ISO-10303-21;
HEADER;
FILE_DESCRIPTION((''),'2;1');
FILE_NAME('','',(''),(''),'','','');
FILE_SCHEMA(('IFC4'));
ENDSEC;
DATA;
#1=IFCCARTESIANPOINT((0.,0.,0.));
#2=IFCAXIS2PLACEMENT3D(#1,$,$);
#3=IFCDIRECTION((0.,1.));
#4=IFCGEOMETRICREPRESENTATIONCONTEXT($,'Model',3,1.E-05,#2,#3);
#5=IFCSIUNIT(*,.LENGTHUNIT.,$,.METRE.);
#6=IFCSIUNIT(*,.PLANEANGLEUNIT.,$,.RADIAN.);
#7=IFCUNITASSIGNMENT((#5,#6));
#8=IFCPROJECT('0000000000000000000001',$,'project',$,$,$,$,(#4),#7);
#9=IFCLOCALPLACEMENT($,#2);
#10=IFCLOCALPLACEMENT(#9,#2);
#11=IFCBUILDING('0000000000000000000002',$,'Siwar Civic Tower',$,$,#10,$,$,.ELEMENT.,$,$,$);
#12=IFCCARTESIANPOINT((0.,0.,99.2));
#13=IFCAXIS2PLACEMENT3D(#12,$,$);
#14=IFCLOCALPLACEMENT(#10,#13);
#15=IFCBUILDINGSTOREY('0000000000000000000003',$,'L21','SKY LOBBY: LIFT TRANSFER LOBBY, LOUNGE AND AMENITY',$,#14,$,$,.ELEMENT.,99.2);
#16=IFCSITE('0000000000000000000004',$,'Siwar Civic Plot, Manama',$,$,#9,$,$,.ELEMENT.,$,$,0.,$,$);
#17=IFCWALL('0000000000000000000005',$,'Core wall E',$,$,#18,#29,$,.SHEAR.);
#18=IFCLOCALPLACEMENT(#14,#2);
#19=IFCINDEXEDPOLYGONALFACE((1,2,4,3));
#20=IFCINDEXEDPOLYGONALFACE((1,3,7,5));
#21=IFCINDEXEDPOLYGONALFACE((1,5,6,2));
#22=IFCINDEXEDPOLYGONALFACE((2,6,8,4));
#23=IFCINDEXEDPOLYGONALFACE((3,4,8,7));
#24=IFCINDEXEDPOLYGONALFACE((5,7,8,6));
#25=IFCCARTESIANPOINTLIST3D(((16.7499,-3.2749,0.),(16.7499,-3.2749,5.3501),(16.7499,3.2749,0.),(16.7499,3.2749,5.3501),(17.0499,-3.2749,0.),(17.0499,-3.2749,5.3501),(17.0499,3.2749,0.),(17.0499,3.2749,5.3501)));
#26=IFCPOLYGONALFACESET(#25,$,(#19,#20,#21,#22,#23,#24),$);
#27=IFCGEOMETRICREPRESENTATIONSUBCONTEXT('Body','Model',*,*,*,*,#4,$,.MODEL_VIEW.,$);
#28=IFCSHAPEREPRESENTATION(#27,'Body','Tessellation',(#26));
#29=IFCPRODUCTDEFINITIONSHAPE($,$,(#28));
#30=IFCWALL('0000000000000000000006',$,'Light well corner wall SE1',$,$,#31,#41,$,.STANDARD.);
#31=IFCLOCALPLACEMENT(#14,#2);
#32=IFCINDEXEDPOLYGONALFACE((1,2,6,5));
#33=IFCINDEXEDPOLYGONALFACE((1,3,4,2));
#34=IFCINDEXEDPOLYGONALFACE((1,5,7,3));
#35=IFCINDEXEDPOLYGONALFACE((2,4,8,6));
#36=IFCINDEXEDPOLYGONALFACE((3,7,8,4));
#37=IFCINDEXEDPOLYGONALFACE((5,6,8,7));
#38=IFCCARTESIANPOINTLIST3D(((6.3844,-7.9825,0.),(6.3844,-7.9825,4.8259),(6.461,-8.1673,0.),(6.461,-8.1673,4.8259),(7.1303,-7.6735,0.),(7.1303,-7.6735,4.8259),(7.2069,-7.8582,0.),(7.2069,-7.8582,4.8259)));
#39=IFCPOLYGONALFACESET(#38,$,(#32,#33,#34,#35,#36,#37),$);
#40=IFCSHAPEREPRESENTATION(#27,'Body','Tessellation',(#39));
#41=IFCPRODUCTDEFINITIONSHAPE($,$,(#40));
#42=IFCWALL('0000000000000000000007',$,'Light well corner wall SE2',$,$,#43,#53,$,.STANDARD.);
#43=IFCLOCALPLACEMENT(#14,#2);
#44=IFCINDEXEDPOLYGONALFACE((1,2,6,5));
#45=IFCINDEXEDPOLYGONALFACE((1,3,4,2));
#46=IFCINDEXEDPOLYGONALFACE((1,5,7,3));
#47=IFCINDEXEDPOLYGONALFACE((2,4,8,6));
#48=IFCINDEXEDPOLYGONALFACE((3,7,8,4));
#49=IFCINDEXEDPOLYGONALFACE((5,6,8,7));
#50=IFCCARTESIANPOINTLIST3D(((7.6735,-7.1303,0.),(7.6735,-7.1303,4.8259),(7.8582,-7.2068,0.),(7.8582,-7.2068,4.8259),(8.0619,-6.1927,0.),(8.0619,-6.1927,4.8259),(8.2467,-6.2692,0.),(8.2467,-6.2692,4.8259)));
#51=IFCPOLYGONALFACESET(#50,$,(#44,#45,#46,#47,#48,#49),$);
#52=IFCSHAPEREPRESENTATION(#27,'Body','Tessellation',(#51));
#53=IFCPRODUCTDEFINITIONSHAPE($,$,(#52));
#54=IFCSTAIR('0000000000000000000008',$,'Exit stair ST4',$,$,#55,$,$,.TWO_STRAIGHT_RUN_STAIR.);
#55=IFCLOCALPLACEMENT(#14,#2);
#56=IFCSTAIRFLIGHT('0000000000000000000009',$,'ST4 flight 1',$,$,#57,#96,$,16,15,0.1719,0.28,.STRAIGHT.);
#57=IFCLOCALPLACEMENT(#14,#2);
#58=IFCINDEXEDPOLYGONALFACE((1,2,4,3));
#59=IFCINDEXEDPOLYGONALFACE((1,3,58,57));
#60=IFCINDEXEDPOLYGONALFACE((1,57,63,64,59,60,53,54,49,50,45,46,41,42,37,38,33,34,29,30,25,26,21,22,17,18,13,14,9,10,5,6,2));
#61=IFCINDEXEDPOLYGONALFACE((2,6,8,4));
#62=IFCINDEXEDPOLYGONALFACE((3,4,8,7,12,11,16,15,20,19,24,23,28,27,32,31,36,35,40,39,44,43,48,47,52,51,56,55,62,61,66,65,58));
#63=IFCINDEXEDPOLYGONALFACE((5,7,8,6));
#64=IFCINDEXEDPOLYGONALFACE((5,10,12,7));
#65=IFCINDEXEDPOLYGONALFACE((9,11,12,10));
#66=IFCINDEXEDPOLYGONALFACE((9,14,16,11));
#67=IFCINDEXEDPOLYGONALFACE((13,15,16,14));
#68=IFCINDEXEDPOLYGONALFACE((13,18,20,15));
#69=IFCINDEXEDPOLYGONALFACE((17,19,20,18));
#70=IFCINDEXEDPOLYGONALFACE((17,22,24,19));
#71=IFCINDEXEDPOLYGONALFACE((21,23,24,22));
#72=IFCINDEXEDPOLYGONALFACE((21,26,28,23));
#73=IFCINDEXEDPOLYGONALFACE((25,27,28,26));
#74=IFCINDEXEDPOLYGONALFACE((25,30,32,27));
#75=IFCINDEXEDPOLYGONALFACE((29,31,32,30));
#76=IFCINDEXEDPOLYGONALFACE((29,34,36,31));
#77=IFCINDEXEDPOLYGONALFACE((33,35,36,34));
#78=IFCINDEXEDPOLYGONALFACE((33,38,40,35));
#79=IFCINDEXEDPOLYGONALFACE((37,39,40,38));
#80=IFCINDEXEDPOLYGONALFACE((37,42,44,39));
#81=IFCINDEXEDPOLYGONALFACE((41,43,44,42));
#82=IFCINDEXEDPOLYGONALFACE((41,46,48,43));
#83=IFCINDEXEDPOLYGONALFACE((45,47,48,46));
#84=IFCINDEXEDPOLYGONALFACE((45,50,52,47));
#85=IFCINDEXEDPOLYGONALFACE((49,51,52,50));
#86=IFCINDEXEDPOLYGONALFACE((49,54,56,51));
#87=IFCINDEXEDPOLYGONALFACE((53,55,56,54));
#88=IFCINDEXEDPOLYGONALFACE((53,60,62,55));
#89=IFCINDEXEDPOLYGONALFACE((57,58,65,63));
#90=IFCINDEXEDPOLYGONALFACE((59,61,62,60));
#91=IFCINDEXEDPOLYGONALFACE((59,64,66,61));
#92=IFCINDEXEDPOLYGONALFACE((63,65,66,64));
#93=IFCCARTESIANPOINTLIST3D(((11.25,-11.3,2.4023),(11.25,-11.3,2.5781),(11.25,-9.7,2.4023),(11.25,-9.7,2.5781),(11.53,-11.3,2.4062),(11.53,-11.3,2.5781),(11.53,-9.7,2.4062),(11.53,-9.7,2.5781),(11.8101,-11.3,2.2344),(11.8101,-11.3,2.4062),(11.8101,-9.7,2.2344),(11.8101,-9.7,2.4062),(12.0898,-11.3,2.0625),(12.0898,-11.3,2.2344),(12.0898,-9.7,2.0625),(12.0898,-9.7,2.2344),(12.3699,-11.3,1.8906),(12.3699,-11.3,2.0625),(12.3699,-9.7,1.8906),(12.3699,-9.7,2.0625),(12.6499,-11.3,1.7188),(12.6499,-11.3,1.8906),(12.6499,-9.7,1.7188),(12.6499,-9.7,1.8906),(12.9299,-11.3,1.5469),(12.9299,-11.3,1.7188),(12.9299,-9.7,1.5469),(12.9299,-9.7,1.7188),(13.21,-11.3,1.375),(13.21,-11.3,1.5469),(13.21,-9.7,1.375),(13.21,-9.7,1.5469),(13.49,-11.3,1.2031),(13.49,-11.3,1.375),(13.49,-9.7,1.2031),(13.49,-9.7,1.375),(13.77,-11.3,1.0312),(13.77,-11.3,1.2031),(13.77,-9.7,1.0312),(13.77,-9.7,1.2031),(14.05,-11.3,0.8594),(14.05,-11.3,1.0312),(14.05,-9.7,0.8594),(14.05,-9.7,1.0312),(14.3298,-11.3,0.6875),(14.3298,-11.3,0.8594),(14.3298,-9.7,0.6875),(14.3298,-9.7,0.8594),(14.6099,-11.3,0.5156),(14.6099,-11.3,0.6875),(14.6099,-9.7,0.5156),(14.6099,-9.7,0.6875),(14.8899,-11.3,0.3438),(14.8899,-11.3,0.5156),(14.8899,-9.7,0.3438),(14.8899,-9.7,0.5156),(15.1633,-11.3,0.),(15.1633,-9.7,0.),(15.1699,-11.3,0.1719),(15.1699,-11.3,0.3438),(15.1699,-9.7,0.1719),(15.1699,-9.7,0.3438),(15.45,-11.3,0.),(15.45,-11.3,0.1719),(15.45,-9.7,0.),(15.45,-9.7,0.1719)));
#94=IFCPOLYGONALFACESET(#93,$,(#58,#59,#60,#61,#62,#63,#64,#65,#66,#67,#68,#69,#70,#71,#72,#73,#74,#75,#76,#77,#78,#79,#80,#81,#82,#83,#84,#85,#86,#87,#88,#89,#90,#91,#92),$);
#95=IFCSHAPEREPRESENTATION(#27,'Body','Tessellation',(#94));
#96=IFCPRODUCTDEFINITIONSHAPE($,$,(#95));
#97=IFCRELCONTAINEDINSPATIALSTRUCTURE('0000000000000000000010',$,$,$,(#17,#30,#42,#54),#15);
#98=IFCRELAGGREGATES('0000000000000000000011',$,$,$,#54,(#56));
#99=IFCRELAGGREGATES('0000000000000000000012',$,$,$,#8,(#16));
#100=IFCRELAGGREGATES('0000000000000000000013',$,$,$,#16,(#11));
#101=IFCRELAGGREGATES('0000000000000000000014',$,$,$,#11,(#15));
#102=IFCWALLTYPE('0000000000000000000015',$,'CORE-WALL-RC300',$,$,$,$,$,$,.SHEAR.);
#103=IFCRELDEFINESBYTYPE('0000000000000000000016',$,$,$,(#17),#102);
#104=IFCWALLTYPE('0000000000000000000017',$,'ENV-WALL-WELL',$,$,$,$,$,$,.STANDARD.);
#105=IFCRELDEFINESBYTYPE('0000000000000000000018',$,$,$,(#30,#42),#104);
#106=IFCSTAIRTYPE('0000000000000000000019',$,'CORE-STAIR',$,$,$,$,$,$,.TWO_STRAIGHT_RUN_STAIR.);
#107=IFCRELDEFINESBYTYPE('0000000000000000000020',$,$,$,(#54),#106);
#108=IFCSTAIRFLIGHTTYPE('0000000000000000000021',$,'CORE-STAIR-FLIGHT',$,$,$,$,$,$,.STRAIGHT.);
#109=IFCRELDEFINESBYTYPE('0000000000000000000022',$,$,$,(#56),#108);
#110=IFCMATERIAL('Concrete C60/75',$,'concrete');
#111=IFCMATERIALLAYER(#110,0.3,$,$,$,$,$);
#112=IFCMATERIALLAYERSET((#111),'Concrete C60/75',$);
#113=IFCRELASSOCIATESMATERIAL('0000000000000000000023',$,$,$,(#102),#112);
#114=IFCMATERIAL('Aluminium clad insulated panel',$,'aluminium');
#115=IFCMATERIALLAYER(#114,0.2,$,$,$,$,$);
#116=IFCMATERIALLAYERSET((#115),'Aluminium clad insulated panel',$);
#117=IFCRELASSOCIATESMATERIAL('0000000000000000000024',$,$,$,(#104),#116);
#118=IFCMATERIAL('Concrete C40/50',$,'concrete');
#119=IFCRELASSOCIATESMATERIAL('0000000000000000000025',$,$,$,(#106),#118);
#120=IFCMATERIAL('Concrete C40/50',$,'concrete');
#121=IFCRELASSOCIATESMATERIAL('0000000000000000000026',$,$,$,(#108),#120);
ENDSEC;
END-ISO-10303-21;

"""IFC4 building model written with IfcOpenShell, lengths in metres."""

from ifc_helpers import new_model, si_unit, direction, frame, frame_2d, origin, place, context, subcontext, project, spatial, polyline, rectangle, outline, extrude, material, layer, layer_set, type_object, element, aggregate, save


model = new_model("IFC4")

# Units and contexts
model_context = context("Model", 3, precision=1e-05, world=origin(), true_north=direction((0.0, 1.0)))
body_context = subcontext(model_context, "Body", "Model", "MODEL_VIEW")
ifc_project = project(units=[si_unit("LENGTHUNIT", "METRE"), si_unit("PLANEANGLEUNIT", "RADIAN")], contexts=[model_context])

# Site, building, storey
site_placement = place(None, origin())
site = spatial("IfcSite", under=ifc_project, at=site_placement, Name="Siwar Civic Plot, Manama", CompositionType="ELEMENT", RefElevation=0.0)
building_placement = place(site_placement, origin())
building = spatial("IfcBuilding", under=site, at=building_placement, Name="Siwar Civic Tower", CompositionType="ELEMENT")
storey_placement = place(building_placement, frame((0.0, 0.0, 99.2)))
storey = spatial("IfcBuildingStorey", under=building, at=storey_placement, Name="L21", Description="SKY LOBBY: LIFT TRANSFER LOBBY, LOUNGE AND AMENITY", CompositionType="ELEMENT", Elevation=99.2)

# Shared definitions
ifc_material_1 = material(Name="Concrete C60/75", Category="concrete")
ifc_layer_1 = layer(ifc_material_1, 0.3)
ifc_layer_set_1 = layer_set([ifc_layer_1], Name="Concrete C60/75")
wall_type_1 = type_object("IfcWallType", Name="CORE-WALL-RC300", PredefinedType="SHEAR", material=ifc_layer_set_1)

# Walls
wall_1_placement = place(storey_placement, frame((16.8999, -3.2749, 0.0), z_axis=(0.0, 0.0, 1.0), x_axis=(0.0, 1.0, 0.0)))
element("IfcWall", 1, at=wall_1_placement, inside=storey, type_object=wall_type_1, Name="Core wall E", PredefinedType="SHEAR", context=body_context, shape_type="SweptSolid", body=[
    extrude(rectangle(XDim=6.5498, YDim=0.3, at=frame_2d((3.2749, 0.0))), origin(), (0.0, 0.0, 1.0), 5.3501),
])
ifc_material_2 = material(Name="Aluminium clad insulated panel", Category="aluminium")
ifc_layer_2 = layer(ifc_material_2, 0.2)
ifc_layer_set_2 = layer_set([ifc_layer_2], Name="Aluminium clad insulated panel")
wall_type_2 = type_object("IfcWallType", Name="ENV-WALL-WELL", PredefinedType="STANDARD", material=ifc_layer_set_2)
wall_2_placement = place(storey_placement, frame((6.4226, -8.075, 0.0), z_axis=(0.0, 0.0, 1.0), x_axis=(0.923818, 0.382833, 0.0)))
element("IfcWall", 2, at=wall_2_placement, inside=storey, type_object=wall_type_2, Name="Light well corner wall SE1", PredefinedType="STANDARD", context=body_context, shape_type="SweptSolid", body=[
    extrude(rectangle(XDim=0.8074, YDim=0.2, at=frame_2d((0.4038, 0.0))), origin(), (0.0, 0.0, 1.0), 4.8259),
])
wall_3_placement = place(storey_placement, frame((7.7659, -7.1685, 0.0), z_axis=(0.0, 0.0, 1.0), x_axis=(0.38277, 0.923844, 0.0)))
element("IfcWall", 3, at=wall_3_placement, inside=storey, type_object=wall_type_2, Name="Light well corner wall SE2", PredefinedType="STANDARD", context=body_context, shape_type="SweptSolid", body=[
    extrude(rectangle(XDim=1.0149, YDim=0.2, at=frame_2d((0.5073, 0.0))), origin(), (0.0, 0.0, 1.0), 4.8259),
])

# Stair, stair flight
ifc_material_3 = material(Name="Concrete C40/50", Category="concrete")
stair_type = type_object("IfcStairType", Name="CORE-STAIR", PredefinedType="TWO_STRAIGHT_RUN_STAIR", material=ifc_material_3)
stair_placement = place(storey_placement, origin())
stair = element("IfcStair", 4, at=stair_placement, inside=storey, type_object=stair_type, Name="Exit stair ST4", PredefinedType="TWO_STRAIGHT_RUN_STAIR")
ifc_material_4 = material(Name="Concrete C40/50", Category="concrete")
stair_flight_type = type_object("IfcStairFlightType", Name="CORE-STAIR-FLIGHT", PredefinedType="STRAIGHT", material=ifc_material_4)
stair_flight_placement = place(storey_placement, frame((15.45, -10.5, 0.0), z_axis=(0.0, 0.0, 1.0), x_axis=(-1.0, 0.0, 0.0)))
stair_flight = element("IfcStairFlight", 5, at=stair_flight_placement, type_object=stair_flight_type, Name="ST4 flight 1", NumberOfRisers=16, NumberOfTreads=15, PredefinedType="STRAIGHT", RiserHeight=0.1719, TreadLength=0.28, context=body_context, shape_type="SweptSolid", body=[
    extrude(outline(polyline([(0.0, 0.0), (0.0, 0.1719), (0.28, 0.1719), (0.28, 0.3438), (0.5601, 0.3438), (0.5601, 0.5156), (0.8401, 0.5156), (0.8401, 0.6875), (1.1201, 0.6875), (1.1201, 0.8594), (1.3999, 0.8594), (1.3999, 1.0312), (1.6799, 1.0312), (1.6799, 1.2031), (1.96, 1.2031), (1.96, 1.375), (2.24, 1.375), (2.24, 1.5469), (2.52, 1.5469), (2.52, 1.7188), (2.8, 1.7188), (2.8, 1.8906), (3.0801, 1.8906), (3.0801, 2.0625), (3.3601, 2.0625), (3.3601, 2.2344), (3.6399, 2.2344), (3.6399, 2.4062), (3.9199, 2.4062), (3.9199, 2.5781), (4.2, 2.5781), (4.2, 2.75), (4.2, 2.4023), (0.2866, 0.0), (0.0, 0.0)])), frame((0.0, 0.8, 0.0), z_axis=(0.0, -1.0, 0.0), x_axis=(1.0, 0.0, 0.0)), (0.0, 0.0, 1.0), 1.6001),
])
aggregate(stair, [stair_flight])

save(model, "model.ifc")
